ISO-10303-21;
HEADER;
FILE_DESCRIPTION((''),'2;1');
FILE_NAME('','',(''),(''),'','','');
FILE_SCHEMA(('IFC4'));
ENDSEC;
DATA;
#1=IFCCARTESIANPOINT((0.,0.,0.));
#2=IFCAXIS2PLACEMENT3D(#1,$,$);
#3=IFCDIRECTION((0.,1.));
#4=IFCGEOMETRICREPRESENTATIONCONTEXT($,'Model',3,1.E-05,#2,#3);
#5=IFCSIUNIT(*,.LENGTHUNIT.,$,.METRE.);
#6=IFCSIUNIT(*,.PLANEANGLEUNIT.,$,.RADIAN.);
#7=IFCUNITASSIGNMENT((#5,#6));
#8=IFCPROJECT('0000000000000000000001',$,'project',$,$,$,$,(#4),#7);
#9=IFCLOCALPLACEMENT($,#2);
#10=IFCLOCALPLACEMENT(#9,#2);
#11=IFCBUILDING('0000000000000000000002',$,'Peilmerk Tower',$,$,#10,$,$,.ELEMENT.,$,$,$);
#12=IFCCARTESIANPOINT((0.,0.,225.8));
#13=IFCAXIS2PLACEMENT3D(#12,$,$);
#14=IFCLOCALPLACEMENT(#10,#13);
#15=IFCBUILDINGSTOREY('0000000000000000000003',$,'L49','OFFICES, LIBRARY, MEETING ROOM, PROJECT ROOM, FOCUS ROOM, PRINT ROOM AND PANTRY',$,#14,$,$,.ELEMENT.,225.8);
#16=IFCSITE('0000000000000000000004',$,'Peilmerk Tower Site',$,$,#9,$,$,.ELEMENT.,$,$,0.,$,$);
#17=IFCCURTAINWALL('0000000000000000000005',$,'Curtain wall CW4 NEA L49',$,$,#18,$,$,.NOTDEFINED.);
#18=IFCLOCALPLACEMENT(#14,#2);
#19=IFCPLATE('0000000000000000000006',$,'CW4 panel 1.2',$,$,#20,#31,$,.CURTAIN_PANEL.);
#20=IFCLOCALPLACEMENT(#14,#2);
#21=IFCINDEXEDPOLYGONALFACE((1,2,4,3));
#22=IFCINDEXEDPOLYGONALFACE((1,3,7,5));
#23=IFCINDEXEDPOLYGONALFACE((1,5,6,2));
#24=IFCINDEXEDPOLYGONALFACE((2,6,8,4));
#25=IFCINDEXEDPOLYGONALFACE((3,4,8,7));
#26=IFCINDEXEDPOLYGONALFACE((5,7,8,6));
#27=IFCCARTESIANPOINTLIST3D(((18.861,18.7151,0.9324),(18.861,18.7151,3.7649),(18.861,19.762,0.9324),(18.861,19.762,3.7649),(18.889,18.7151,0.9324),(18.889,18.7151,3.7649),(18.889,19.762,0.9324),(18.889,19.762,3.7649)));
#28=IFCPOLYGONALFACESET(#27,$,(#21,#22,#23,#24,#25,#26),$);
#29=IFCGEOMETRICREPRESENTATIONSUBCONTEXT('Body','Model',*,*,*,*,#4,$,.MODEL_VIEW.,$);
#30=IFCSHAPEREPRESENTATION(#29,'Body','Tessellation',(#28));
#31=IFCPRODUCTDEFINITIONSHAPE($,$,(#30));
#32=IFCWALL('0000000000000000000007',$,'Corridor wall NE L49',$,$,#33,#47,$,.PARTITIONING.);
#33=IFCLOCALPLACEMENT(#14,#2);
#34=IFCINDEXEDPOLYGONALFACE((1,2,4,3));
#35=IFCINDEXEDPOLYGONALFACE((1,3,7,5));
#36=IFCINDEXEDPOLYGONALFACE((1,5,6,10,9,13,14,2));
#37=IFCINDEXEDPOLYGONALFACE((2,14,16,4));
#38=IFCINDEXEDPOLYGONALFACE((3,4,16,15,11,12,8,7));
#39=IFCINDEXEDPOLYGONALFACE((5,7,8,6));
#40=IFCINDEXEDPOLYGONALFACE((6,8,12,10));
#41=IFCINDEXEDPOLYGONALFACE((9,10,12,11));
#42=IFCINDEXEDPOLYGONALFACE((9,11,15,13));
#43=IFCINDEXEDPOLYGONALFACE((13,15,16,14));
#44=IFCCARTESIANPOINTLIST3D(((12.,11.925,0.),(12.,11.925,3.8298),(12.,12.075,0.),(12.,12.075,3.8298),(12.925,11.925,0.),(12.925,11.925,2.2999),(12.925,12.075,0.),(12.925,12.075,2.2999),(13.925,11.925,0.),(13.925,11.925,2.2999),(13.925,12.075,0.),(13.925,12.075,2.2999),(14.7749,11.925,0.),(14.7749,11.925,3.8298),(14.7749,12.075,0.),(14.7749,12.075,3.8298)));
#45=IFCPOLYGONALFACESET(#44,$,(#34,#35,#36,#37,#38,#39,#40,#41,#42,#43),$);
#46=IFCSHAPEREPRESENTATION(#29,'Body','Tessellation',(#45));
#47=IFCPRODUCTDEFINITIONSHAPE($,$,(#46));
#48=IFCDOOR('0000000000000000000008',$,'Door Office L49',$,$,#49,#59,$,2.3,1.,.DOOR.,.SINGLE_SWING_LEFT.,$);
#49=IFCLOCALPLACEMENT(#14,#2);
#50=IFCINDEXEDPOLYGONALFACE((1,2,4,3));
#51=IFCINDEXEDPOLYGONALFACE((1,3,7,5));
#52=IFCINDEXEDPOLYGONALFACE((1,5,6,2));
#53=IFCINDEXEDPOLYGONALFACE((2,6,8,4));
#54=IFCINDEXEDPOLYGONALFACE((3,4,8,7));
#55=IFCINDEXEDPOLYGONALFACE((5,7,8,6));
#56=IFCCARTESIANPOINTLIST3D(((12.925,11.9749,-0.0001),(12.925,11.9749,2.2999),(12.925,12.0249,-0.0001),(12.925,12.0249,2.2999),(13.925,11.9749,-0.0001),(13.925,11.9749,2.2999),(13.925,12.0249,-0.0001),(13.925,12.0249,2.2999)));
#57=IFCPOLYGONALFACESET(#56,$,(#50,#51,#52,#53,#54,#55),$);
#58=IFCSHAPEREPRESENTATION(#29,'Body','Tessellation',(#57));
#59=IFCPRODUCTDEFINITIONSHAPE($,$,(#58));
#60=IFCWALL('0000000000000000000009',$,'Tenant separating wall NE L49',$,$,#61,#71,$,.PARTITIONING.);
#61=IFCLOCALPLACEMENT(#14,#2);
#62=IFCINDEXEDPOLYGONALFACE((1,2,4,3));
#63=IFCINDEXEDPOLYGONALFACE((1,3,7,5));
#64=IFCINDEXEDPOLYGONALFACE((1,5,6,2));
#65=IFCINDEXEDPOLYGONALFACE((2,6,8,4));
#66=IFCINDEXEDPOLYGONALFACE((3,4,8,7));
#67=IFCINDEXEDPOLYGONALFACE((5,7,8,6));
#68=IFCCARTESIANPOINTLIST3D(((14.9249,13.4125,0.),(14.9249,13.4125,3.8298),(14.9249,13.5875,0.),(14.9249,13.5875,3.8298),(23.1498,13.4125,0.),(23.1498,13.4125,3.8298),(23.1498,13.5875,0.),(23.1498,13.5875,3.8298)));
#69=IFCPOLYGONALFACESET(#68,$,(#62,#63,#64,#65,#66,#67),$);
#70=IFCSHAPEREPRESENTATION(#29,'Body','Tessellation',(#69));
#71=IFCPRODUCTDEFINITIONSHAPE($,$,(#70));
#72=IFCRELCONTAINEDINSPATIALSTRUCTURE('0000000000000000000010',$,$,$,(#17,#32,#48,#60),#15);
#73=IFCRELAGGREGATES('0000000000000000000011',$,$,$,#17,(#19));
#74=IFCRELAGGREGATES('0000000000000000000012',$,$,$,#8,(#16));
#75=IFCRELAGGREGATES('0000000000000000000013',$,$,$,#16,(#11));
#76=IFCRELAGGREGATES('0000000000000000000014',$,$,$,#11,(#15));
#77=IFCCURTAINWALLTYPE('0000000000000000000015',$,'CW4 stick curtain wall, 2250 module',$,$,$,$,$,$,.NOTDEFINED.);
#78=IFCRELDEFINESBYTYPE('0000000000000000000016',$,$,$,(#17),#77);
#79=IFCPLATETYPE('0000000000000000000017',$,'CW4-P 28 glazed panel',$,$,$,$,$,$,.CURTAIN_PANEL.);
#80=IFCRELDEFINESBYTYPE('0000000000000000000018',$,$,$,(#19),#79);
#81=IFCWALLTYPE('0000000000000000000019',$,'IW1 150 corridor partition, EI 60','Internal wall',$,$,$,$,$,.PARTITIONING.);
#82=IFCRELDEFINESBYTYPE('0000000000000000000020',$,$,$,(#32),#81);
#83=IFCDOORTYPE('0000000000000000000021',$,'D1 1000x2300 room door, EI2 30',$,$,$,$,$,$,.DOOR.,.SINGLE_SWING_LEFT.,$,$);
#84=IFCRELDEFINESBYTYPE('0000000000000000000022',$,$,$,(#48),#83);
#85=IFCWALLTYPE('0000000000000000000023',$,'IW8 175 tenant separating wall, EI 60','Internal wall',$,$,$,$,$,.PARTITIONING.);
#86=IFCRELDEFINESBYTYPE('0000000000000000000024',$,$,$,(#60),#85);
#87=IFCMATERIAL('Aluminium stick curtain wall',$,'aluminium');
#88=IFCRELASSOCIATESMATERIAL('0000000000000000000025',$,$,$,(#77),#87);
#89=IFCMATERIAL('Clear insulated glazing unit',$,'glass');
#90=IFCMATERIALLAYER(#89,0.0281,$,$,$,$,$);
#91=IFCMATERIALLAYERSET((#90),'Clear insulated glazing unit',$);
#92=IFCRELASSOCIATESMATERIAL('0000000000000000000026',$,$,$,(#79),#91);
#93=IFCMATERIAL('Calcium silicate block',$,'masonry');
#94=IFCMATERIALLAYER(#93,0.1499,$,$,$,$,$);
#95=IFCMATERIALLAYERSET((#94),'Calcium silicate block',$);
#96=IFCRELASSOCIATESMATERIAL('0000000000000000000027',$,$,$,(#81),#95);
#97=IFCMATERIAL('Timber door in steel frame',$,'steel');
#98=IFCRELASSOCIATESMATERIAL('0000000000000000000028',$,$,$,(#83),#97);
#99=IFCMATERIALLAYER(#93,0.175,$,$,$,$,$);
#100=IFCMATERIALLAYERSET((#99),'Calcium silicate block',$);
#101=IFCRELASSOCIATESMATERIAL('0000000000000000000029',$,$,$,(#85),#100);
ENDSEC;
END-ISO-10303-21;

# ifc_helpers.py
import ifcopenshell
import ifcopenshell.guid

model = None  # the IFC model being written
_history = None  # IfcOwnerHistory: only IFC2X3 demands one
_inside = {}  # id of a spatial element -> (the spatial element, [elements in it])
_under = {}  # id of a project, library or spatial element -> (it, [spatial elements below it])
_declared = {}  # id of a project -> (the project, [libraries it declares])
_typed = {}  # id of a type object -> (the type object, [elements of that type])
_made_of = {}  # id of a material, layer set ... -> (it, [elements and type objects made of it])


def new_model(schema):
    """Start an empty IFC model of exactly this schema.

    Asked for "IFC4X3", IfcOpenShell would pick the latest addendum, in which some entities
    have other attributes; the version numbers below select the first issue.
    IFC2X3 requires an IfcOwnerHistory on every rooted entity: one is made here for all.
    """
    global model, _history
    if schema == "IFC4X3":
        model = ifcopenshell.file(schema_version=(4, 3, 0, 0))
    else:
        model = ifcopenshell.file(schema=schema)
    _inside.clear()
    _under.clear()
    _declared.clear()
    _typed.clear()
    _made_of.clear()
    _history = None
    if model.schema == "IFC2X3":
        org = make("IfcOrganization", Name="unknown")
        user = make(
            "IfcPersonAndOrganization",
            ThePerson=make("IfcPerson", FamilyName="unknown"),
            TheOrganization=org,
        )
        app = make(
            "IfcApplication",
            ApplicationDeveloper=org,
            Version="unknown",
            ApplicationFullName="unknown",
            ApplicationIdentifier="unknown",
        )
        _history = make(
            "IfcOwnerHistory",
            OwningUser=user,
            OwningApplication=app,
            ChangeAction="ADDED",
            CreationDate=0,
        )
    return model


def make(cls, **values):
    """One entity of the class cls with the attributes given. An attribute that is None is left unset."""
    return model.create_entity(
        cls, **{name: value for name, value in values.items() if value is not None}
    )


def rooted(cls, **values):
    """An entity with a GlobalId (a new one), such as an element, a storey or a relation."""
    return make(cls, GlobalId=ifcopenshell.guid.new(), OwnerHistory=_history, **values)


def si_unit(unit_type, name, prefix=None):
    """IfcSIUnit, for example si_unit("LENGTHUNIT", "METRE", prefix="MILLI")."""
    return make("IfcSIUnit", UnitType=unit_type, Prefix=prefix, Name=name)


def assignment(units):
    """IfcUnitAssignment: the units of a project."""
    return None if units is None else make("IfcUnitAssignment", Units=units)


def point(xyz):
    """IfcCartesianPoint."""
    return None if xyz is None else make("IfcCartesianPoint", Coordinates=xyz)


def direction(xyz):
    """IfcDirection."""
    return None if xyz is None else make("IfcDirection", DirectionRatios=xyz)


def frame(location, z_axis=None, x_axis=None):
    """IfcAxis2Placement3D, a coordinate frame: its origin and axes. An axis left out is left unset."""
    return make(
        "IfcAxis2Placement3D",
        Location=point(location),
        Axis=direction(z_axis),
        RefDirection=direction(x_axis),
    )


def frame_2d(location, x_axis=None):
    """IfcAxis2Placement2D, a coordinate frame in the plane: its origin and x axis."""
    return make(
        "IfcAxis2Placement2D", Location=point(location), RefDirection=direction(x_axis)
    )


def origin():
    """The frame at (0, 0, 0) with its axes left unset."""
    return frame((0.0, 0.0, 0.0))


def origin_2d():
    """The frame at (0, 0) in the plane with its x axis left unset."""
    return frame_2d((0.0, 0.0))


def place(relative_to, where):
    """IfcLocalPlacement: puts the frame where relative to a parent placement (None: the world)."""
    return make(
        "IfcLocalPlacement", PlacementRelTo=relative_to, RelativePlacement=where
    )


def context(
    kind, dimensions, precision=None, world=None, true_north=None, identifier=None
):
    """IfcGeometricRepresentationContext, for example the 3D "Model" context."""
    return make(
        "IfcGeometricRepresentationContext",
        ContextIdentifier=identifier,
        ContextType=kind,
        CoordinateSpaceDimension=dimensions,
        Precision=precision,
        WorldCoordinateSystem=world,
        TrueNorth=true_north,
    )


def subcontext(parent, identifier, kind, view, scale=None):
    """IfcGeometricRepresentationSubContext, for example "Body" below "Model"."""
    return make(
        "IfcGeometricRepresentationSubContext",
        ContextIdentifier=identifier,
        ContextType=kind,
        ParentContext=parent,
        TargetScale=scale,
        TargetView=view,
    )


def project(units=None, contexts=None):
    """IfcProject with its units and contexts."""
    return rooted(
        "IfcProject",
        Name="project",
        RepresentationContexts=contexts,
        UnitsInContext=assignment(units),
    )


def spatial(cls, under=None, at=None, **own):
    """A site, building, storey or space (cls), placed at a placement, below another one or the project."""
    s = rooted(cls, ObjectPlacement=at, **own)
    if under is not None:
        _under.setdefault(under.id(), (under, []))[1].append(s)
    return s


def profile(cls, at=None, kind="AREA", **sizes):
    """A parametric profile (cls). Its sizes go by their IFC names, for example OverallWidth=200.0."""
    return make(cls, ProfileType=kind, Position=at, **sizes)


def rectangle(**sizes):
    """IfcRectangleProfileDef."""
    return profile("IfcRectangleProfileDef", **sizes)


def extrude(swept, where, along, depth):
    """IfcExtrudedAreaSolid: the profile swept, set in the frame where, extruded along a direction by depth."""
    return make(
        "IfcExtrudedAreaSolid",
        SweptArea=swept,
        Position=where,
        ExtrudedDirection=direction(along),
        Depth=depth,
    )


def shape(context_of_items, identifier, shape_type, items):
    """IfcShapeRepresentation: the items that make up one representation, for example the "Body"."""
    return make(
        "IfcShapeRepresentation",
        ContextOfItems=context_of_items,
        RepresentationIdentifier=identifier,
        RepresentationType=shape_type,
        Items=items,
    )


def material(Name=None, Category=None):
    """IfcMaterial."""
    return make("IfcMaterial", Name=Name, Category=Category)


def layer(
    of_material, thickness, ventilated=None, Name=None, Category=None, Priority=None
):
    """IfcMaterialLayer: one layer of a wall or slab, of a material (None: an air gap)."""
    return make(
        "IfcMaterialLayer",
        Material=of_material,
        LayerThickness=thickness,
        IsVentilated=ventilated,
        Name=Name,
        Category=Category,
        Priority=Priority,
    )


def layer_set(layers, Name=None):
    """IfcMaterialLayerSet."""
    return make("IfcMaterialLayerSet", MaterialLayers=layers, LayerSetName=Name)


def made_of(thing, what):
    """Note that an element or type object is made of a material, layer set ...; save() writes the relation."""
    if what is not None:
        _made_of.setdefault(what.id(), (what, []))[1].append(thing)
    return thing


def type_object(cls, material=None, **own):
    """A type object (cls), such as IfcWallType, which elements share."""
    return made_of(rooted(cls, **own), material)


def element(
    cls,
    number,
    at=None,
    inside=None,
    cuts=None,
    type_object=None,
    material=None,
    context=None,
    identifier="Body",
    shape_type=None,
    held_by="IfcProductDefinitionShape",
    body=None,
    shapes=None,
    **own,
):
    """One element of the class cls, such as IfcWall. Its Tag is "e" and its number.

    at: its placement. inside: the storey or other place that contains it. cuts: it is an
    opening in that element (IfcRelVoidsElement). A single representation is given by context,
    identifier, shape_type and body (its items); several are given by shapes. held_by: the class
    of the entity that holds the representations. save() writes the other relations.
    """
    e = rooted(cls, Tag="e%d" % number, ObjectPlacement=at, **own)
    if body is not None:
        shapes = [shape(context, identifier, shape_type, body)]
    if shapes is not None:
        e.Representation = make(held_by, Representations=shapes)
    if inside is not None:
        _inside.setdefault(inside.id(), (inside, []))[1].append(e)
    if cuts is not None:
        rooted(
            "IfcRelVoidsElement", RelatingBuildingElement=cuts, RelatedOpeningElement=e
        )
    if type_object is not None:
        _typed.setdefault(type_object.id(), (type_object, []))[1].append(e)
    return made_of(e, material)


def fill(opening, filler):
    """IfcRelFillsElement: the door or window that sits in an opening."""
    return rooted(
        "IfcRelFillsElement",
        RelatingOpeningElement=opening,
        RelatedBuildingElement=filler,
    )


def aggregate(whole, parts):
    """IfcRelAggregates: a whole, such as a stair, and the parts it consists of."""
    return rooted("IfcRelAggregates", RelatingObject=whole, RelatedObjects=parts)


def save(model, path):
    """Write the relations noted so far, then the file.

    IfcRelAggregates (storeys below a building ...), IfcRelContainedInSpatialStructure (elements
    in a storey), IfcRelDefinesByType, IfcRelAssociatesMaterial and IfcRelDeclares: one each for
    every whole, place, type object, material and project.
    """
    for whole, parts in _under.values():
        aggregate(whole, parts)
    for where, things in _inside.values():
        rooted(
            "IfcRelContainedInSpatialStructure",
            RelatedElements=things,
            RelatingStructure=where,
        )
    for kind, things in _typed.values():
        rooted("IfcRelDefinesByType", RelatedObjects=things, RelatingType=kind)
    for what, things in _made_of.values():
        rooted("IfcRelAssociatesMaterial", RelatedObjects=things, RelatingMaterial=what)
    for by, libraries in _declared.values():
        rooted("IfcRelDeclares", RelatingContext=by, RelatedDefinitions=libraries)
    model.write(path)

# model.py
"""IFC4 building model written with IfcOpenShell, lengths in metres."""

from ifc_helpers import new_model, si_unit, direction, frame, frame_2d, origin, origin_2d, place, context, subcontext, project, spatial, rectangle, extrude, material, layer, layer_set, type_object, element, fill, aggregate, save


model = new_model("IFC4")

# Units and contexts
model_context = context("Model", 3, precision=1e-05, world=origin(), true_north=direction((0.0, 1.0)))
body_context = subcontext(model_context, "Body", "Model", "MODEL_VIEW")
ifc_project = project(units=[si_unit("LENGTHUNIT", "METRE"), si_unit("PLANEANGLEUNIT", "RADIAN")], contexts=[model_context])

# Site, building, storey
site_placement = place(None, origin())
site = spatial("IfcSite", under=ifc_project, at=site_placement, Name="Peilmerk Tower Site", CompositionType="ELEMENT", RefElevation=0.0)
building_placement = place(site_placement, origin())
building = spatial("IfcBuilding", under=site, at=building_placement, Name="Peilmerk Tower", CompositionType="ELEMENT")
storey_placement = place(building_placement, frame((0.0, 0.0, 225.8)))
storey = spatial("IfcBuildingStorey", under=building, at=storey_placement, Name="L49", Description="OFFICES, LIBRARY, MEETING ROOM, PROJECT ROOM, FOCUS ROOM, PRINT ROOM AND PANTRY", CompositionType="ELEMENT", Elevation=225.8)

# Curtain wall, plate
ifc_material_1 = material(Name="Aluminium stick curtain wall", Category="aluminium")
curtain_wall_type = type_object("IfcCurtainWallType", Name="CW4 stick curtain wall, 2250 module", PredefinedType="NOTDEFINED", material=ifc_material_1)
curtain_wall_placement = place(storey_placement, origin())
curtain_wall = element("IfcCurtainWall", 1, at=curtain_wall_placement, inside=storey, type_object=curtain_wall_type, Name="Curtain wall CW4 NEA L49", PredefinedType="NOTDEFINED")
ifc_material_2 = material(Name="Clear insulated glazing unit", Category="glass")
ifc_layer_1 = layer(ifc_material_2, 0.0281)
ifc_layer_set_1 = layer_set([ifc_layer_1], Name="Clear insulated glazing unit")
plate_type = type_object("IfcPlateType", Name="CW4-P 28 glazed panel", PredefinedType="CURTAIN_PANEL", material=ifc_layer_set_1)
plate_1_placement = place(storey_placement, frame((18.875, 19.2385, 0.9324), z_axis=(0.0, 0.0, 1.0), x_axis=(0.0, 1.0, 0.0)))
plate_1 = element("IfcPlate", 2, at=plate_1_placement, type_object=plate_type, Name="CW4 panel 1.2", PredefinedType="CURTAIN_PANEL", context=body_context, shape_type="SweptSolid", body=[
    extrude(rectangle(XDim=1.0469, YDim=0.0281, at=origin_2d()), origin(), (0.0, 0.0, 1.0), 2.8325),
])
aggregate(curtain_wall, [plate_1])

# Wall, opening, door
ifc_material_3 = material(Name="Calcium silicate block", Category="masonry")
ifc_layer_2 = layer(ifc_material_3, 0.1499)
ifc_layer_set_2 = layer_set([ifc_layer_2], Name="Calcium silicate block")
wall_type_1 = type_object("IfcWallType", Name="IW1 150 corridor partition, EI 60", Description="Internal wall", PredefinedType="PARTITIONING", material=ifc_layer_set_2)
wall_1_placement = place(storey_placement, frame((12.0, 12.0, 0.0), z_axis=(0.0, 0.0, 1.0), x_axis=(1.0, 0.0, 0.0)))
wall_1 = element("IfcWall", 3, at=wall_1_placement, inside=storey, type_object=wall_type_1, Name="Corridor wall NE L49", PredefinedType="PARTITIONING", context=body_context, shape_type="SweptSolid", body=[
    extrude(rectangle(XDim=2.7749, YDim=0.1499, at=frame_2d((1.3875, 0.0))), origin(), (0.0, 0.0, 1.0), 3.8298),
])
opening_placement = place(wall_1_placement, frame((0.925, 0.0, 0.0)))
opening = element("IfcOpeningElement", 4, at=opening_placement, cuts=wall_1, PredefinedType="OPENING", context=body_context, shape_type="SweptSolid", body=[
    extrude(rectangle(XDim=1.0, YDim=2.3, at=frame_2d((0.5, 1.1499))), frame((0.0, 0.085, 0.0), z_axis=(0.0, -1.0, 0.0), x_axis=(1.0, 0.0, 0.0)), (0.0, 0.0, 1.0), 0.1699),
])
ifc_material_4 = material(Name="Timber door in steel frame", Category="steel")
door_type = type_object("IfcDoorType", Name="D1 1000x2300 room door, EI2 30", OperationType="SINGLE_SWING_LEFT", PredefinedType="DOOR", material=ifc_material_4)
door_placement = place(opening_placement, origin())
door = element("IfcDoor", 5, at=door_placement, inside=storey, type_object=door_type, Name="Door Office L49", OperationType="SINGLE_SWING_LEFT", OverallHeight=2.3, OverallWidth=1.0, PredefinedType="DOOR", context=body_context, shape_type="SweptSolid", body=[
    extrude(rectangle(XDim=1.0, YDim=2.3, at=frame_2d((0.5, 1.1499))), frame((0.0, 0.0249, 0.0), z_axis=(0.0, -1.0, 0.0), x_axis=(1.0, 0.0, 0.0)), (0.0, 0.0, 1.0), 0.05),
])
fill(opening, door)

# Wall
ifc_layer_3 = layer(ifc_material_3, 0.175)
ifc_layer_set_3 = layer_set([ifc_layer_3], Name="Calcium silicate block")
wall_type_2 = type_object("IfcWallType", Name="IW8 175 tenant separating wall, EI 60", Description="Internal wall", PredefinedType="PARTITIONING", material=ifc_layer_set_3)
wall_2_placement = place(storey_placement, frame((14.925, 13.5, 0.0), z_axis=(0.0, 0.0, 1.0), x_axis=(1.0, 0.0, 0.0)))
element("IfcWall", 6, at=wall_2_placement, inside=storey, type_object=wall_type_2, Name="Tenant separating wall NE L49", PredefinedType="PARTITIONING", context=body_context, shape_type="SweptSolid", body=[
    extrude(rectangle(XDim=8.2249, YDim=0.175, at=frame_2d((4.1123, 0.0))), origin(), (0.0, 0.0, 1.0), 3.8298),
])

save(model, "model.ifc")
